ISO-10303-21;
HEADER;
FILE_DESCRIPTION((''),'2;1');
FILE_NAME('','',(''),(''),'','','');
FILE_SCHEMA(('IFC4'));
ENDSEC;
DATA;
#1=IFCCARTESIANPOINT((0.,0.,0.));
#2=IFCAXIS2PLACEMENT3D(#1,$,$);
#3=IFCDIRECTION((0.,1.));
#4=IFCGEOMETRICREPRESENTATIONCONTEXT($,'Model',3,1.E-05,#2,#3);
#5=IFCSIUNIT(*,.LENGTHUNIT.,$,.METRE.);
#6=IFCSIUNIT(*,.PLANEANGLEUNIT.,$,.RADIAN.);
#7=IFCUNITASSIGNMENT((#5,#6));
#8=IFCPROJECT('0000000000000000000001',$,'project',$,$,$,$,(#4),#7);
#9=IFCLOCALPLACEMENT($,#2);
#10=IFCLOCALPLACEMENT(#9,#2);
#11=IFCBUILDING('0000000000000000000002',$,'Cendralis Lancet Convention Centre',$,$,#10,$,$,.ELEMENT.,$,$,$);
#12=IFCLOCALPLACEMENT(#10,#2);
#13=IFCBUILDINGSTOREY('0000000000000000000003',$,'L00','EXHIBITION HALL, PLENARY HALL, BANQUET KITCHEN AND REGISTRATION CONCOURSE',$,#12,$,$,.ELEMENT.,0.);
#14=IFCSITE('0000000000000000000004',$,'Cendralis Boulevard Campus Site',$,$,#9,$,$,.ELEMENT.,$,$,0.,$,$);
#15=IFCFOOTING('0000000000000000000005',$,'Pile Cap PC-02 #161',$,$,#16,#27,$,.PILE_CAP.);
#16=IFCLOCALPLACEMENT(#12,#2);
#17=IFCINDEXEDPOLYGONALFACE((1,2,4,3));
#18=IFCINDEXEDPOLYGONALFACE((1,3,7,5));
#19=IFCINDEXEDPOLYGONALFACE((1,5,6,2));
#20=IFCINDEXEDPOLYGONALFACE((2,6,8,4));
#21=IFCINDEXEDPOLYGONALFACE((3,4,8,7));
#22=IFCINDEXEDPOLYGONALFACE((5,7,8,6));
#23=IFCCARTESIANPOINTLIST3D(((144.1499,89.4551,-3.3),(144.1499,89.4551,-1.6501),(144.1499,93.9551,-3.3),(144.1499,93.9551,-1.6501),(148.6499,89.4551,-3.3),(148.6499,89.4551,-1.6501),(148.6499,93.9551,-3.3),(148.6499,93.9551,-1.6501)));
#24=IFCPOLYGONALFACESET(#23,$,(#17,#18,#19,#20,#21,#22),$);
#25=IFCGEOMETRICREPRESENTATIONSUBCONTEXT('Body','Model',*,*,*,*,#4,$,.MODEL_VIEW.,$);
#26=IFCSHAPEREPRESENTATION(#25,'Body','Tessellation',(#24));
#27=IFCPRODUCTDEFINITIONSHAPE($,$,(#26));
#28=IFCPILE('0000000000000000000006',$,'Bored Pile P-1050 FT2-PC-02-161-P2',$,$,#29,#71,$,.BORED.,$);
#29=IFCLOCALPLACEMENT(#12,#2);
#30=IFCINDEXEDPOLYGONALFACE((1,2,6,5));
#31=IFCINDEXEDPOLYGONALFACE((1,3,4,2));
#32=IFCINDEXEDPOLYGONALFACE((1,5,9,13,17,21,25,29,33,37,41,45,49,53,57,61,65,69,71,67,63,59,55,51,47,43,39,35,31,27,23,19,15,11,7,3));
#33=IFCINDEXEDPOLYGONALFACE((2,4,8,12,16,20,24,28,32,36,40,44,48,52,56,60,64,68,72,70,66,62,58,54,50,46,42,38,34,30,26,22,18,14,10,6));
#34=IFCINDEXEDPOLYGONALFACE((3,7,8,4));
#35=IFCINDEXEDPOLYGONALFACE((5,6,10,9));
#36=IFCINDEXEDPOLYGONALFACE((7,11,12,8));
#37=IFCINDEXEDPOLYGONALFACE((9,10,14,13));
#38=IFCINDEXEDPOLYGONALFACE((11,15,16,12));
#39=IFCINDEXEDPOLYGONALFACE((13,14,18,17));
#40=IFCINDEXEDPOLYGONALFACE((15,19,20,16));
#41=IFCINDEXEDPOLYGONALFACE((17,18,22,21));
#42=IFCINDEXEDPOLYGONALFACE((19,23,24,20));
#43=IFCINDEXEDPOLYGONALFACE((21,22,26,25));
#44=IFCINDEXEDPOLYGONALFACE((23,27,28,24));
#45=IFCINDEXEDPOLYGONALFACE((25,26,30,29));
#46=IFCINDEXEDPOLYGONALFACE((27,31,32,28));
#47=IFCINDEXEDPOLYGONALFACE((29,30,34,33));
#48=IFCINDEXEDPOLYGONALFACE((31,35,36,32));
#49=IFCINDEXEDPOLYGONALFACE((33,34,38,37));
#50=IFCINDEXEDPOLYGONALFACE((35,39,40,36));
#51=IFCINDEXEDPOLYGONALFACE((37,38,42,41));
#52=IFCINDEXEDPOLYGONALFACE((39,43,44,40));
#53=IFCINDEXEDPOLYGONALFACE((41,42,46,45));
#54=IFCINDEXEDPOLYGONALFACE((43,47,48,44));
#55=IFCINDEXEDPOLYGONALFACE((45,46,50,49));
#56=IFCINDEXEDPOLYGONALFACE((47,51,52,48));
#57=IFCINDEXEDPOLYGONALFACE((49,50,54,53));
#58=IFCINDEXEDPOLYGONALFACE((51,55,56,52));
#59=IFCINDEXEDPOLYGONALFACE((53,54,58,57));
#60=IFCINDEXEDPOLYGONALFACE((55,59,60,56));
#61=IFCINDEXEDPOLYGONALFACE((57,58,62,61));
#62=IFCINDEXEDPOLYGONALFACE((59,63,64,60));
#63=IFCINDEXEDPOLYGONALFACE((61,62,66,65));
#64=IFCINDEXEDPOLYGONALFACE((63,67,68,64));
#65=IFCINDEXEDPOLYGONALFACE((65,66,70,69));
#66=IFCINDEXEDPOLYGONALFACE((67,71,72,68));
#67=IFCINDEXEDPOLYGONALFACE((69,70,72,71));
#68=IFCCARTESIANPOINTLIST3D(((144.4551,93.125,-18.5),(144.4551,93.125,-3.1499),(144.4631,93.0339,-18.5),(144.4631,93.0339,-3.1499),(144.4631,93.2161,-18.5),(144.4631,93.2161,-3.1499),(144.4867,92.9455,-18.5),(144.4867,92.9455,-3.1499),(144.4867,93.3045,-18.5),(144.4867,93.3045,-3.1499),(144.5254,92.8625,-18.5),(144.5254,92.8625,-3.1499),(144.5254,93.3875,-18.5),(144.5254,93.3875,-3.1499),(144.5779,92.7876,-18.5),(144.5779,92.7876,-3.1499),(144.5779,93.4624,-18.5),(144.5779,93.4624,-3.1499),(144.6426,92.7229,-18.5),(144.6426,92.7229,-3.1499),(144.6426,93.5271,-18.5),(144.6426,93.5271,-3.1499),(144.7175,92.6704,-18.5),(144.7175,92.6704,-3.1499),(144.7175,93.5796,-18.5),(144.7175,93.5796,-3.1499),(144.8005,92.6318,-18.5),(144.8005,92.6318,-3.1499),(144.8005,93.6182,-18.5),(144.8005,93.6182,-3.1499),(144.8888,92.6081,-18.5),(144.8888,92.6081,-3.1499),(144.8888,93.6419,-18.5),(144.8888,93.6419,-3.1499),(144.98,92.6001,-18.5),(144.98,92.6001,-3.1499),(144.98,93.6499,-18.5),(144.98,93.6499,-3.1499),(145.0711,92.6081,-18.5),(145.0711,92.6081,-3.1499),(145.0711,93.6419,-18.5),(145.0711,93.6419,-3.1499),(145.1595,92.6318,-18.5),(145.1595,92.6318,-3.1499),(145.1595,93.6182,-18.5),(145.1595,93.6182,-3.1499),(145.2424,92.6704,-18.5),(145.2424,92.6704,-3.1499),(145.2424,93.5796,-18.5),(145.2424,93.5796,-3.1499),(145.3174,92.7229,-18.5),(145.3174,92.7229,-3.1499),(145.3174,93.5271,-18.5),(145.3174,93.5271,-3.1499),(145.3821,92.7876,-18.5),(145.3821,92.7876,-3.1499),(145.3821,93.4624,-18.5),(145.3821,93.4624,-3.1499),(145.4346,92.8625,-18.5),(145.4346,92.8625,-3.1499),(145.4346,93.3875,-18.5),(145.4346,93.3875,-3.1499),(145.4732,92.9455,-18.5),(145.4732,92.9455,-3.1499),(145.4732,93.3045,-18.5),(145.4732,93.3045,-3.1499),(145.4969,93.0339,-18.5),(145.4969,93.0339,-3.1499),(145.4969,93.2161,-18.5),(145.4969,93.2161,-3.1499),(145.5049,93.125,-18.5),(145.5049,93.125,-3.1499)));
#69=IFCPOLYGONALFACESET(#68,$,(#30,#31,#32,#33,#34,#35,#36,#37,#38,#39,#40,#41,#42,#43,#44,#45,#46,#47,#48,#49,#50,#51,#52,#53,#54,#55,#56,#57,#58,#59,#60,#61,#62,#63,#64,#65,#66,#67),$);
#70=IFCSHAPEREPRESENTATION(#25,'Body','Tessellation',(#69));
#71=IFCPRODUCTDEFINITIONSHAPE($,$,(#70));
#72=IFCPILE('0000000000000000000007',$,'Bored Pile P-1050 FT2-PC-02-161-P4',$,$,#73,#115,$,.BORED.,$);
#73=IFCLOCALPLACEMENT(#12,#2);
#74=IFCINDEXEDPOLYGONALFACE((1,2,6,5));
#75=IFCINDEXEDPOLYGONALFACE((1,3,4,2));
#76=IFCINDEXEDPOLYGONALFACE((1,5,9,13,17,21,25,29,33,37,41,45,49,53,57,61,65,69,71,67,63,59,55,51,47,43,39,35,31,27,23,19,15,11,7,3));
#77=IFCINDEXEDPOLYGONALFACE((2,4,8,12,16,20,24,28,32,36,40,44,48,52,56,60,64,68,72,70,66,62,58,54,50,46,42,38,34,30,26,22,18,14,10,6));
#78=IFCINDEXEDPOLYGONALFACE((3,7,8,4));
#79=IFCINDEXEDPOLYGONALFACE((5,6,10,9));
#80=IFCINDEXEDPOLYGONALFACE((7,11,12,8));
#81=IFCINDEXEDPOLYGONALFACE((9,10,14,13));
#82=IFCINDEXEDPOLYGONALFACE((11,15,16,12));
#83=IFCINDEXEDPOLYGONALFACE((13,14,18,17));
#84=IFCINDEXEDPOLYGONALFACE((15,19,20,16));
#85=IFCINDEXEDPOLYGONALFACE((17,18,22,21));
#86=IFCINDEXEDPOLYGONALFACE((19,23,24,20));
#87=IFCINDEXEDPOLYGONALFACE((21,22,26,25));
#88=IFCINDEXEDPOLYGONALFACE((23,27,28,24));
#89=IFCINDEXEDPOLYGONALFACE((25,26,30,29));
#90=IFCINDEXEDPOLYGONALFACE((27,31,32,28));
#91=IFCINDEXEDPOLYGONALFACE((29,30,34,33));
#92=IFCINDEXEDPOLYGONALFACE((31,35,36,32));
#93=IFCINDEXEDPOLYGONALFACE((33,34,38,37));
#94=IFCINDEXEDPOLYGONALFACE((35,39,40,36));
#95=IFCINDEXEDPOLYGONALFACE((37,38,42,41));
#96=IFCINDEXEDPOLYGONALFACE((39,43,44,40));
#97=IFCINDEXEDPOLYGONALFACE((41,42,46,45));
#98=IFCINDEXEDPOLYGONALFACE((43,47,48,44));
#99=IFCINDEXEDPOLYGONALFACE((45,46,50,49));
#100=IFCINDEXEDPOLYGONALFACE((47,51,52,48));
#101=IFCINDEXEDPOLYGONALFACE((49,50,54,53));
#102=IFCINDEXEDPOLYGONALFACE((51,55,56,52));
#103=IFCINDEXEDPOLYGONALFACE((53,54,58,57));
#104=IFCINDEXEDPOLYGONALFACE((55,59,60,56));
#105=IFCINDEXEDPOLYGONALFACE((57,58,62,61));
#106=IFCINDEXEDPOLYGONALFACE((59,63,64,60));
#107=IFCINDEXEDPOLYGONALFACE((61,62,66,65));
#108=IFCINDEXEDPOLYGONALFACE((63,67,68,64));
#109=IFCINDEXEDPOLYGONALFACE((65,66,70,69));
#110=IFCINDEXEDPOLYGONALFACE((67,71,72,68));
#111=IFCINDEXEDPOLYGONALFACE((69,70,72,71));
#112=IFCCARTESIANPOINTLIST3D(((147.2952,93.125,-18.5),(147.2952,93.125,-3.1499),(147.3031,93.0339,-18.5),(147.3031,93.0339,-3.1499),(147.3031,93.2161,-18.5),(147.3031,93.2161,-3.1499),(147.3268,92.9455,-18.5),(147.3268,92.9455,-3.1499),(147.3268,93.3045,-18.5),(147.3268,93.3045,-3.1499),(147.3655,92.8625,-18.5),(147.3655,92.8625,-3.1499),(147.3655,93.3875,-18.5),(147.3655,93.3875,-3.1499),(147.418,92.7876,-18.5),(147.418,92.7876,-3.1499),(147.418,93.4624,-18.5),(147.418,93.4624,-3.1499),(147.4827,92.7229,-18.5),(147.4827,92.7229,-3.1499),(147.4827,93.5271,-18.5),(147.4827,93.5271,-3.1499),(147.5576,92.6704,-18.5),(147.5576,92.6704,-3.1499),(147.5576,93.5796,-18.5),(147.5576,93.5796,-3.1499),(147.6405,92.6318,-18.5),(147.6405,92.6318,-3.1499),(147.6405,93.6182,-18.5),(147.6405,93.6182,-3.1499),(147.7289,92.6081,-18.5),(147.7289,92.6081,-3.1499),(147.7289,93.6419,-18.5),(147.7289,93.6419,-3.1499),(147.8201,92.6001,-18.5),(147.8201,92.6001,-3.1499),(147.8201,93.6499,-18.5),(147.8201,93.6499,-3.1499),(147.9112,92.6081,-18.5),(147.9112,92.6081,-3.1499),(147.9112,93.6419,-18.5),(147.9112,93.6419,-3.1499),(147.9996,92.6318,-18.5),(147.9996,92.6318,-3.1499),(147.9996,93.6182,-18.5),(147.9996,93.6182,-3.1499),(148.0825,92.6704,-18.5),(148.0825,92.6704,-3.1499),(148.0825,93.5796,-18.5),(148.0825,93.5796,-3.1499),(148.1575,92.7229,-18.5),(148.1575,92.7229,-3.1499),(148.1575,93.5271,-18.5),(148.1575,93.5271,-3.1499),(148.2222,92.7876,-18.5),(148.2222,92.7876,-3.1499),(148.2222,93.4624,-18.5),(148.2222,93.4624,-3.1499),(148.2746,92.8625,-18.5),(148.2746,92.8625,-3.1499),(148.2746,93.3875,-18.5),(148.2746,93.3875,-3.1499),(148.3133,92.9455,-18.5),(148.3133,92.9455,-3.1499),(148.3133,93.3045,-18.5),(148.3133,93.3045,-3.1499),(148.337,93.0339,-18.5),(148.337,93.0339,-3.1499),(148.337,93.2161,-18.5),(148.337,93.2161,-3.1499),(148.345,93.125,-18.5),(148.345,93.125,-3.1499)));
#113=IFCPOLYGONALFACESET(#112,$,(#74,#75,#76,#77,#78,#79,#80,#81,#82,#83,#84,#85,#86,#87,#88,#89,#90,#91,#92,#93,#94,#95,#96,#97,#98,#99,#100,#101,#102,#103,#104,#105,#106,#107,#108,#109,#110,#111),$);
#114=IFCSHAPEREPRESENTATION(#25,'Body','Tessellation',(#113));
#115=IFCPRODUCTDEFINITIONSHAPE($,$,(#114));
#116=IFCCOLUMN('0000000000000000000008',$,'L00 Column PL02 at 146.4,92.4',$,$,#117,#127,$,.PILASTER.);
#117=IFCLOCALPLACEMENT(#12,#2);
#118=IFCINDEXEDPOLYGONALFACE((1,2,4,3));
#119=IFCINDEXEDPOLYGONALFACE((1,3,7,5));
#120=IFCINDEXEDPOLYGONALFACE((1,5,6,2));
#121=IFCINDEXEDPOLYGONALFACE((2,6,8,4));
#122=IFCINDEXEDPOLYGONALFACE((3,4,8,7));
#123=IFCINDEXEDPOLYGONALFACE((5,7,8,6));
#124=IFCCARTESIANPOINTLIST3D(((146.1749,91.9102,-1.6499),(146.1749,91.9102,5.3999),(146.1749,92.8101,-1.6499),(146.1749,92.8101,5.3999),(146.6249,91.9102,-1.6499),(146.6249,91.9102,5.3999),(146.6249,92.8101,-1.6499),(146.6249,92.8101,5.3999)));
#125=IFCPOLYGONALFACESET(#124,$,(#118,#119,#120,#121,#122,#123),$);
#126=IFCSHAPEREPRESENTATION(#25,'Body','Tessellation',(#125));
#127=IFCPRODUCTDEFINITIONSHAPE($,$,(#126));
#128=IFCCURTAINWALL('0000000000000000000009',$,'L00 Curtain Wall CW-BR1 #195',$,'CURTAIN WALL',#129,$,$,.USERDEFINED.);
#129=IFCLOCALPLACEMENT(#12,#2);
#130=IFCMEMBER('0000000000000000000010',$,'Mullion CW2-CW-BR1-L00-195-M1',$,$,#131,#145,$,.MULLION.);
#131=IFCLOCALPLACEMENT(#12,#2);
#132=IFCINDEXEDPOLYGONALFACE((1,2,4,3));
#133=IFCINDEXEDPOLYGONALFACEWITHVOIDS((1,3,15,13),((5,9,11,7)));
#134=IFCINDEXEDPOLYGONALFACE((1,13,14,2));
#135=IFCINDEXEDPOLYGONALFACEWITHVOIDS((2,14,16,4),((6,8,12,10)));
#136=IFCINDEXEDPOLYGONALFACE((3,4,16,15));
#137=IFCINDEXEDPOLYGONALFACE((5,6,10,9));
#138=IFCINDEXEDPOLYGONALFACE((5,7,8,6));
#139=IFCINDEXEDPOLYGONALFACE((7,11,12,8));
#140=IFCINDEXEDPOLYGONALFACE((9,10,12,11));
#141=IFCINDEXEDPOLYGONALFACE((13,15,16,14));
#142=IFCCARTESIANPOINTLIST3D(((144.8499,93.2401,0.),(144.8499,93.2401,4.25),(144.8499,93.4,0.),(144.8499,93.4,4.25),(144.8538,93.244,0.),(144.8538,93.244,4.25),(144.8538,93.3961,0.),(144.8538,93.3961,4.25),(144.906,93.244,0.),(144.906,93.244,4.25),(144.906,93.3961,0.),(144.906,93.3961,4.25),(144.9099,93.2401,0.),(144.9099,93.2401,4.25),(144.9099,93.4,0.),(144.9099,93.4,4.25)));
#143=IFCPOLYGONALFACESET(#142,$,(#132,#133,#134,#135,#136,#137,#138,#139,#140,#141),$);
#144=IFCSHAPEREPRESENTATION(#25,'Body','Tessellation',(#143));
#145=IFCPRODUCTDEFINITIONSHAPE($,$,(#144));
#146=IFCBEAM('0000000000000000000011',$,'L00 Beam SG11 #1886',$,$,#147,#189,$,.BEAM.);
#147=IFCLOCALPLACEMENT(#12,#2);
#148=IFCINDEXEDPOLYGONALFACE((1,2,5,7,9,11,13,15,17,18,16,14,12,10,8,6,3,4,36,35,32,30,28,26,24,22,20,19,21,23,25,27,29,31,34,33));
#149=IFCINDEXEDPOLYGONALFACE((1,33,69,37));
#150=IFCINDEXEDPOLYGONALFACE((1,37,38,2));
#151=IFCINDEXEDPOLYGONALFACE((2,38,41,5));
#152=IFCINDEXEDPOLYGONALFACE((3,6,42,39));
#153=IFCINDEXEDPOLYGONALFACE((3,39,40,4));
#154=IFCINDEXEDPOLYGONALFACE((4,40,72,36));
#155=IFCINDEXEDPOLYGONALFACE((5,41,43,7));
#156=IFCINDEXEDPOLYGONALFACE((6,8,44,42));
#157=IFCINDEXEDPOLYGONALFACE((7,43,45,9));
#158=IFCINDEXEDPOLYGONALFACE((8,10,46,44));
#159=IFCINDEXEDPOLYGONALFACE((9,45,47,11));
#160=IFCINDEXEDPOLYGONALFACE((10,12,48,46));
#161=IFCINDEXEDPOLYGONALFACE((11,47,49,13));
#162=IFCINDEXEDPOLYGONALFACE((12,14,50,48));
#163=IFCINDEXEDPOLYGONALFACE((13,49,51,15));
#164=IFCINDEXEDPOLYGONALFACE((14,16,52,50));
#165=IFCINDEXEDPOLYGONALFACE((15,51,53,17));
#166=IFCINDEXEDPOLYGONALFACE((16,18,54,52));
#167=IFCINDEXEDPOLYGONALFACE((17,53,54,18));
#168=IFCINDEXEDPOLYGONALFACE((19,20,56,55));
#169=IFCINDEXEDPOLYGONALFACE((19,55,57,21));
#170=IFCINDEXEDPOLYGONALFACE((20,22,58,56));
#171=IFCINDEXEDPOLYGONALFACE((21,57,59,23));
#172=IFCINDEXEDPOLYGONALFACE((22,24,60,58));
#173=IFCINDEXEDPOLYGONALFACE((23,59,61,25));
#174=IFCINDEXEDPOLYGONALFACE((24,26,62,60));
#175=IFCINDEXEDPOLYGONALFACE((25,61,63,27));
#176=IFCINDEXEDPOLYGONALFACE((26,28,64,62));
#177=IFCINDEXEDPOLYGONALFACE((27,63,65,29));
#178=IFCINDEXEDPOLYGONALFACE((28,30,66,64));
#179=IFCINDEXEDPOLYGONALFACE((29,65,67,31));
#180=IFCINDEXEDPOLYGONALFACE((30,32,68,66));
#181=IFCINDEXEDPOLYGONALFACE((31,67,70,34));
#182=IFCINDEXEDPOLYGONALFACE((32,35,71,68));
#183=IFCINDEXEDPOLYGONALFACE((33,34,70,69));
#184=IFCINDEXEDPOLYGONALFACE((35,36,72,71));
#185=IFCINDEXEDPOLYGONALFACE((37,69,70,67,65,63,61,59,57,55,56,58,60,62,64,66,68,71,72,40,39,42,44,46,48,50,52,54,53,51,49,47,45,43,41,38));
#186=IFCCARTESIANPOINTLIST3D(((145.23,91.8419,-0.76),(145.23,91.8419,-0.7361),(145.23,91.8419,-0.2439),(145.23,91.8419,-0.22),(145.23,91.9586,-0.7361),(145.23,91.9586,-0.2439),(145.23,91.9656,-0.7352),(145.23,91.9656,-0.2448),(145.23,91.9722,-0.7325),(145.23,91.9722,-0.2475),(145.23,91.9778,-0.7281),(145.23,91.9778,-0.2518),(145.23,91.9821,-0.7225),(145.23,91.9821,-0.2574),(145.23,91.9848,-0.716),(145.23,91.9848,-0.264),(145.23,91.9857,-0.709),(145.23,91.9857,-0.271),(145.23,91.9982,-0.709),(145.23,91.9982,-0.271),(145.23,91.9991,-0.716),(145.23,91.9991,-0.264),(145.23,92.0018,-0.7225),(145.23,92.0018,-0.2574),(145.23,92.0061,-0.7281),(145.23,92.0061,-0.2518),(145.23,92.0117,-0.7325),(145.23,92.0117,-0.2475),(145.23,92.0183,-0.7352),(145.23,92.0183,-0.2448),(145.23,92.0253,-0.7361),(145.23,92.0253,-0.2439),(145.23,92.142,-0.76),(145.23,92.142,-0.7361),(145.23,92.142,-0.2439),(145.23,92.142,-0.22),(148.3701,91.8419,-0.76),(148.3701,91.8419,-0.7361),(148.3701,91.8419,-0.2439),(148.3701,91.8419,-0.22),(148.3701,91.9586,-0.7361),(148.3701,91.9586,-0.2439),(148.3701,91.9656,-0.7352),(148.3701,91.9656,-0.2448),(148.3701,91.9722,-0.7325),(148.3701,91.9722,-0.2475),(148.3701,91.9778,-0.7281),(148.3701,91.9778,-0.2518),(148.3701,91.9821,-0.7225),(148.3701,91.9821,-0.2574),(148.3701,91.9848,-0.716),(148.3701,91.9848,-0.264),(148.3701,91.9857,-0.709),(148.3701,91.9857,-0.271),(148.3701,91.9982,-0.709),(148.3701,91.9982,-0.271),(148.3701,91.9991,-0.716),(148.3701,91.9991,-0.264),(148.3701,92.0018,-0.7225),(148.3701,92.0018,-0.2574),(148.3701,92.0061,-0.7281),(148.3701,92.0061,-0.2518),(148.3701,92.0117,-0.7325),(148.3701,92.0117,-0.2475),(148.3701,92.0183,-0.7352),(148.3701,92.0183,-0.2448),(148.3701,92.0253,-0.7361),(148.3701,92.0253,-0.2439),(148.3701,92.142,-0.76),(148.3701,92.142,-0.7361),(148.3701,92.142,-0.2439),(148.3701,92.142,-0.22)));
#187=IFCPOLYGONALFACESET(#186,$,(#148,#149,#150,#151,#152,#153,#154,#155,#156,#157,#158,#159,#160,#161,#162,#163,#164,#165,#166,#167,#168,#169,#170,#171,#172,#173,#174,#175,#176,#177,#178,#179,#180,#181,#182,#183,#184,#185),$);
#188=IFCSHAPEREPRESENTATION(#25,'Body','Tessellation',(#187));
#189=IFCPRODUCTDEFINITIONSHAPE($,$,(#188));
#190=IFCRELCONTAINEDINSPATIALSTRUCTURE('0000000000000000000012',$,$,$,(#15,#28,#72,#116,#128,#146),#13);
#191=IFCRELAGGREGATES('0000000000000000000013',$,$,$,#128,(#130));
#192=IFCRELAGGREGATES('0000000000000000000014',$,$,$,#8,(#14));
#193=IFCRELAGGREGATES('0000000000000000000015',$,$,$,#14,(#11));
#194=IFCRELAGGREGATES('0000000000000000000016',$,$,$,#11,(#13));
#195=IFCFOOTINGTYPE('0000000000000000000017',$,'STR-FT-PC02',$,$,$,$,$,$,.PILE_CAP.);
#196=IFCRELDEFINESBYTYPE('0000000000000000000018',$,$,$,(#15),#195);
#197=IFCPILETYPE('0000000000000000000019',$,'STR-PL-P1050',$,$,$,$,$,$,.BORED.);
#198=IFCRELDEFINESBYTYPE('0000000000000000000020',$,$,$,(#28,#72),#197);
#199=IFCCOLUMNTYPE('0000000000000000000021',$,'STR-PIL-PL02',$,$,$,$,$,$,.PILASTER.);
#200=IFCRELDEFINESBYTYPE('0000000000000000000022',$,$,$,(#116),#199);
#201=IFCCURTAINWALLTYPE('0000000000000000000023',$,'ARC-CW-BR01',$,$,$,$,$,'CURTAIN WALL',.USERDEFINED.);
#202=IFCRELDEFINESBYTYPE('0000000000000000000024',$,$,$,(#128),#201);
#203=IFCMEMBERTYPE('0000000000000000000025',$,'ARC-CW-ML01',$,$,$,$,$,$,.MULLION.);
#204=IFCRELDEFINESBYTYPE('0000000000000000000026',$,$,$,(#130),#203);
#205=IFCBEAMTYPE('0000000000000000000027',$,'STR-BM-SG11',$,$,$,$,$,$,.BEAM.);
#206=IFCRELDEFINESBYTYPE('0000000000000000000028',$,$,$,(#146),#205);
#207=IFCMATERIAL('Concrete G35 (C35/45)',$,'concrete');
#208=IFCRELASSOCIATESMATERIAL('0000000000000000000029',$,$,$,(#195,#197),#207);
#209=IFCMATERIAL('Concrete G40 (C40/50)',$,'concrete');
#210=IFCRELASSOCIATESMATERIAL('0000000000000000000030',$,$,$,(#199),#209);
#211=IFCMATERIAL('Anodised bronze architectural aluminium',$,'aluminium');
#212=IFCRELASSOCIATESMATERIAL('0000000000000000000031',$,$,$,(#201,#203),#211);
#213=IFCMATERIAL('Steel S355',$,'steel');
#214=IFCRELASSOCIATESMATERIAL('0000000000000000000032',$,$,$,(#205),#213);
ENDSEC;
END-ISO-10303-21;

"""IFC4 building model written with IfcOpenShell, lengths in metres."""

from ifc_helpers import new_model, si_unit, direction, frame, origin, origin_2d, place, context, subcontext, project, spatial, rectangle, hollow_rectangle, circle, i_section, extrude, material, material_profile, profile_set, type_object, element, aggregate, save


model = new_model("IFC4")

# Units and contexts
model_context = context("Model", 3, precision=1e-05, world=origin(), true_north=direction((0.0, 1.0)))
body_context = subcontext(model_context, "Body", "Model", "MODEL_VIEW")
ifc_project = project(units=[si_unit("LENGTHUNIT", "METRE"), si_unit("PLANEANGLEUNIT", "RADIAN")], contexts=[model_context])

# Site, building, storey
site_placement = place(None, origin())
site = spatial("IfcSite", under=ifc_project, at=site_placement, Name="Cendralis Boulevard Campus Site", CompositionType="ELEMENT", RefElevation=0.0)
building_placement = place(site_placement, origin())
building = spatial("IfcBuilding", under=site, at=building_placement, Name="Cendralis Lancet Convention Centre", CompositionType="ELEMENT")
storey_placement = place(building_placement, origin())
storey = spatial("IfcBuildingStorey", under=building, at=storey_placement, Name="L00", Description="EXHIBITION HALL, PLENARY HALL, BANQUET KITCHEN AND REGISTRATION CONCOURSE", CompositionType="ELEMENT", Elevation=0.0)

# Footing
ifc_material_1 = material(Name="Concrete G35 (C35/45)", Category="concrete")
footing_type = type_object("IfcFootingType", Name="STR-FT-PC02", PredefinedType="PILE_CAP", material=ifc_material_1)
footing_placement = place(storey_placement, frame((146.3999, 91.7051, -3.3), z_axis=(0.0, 0.0, 1.0), x_axis=(1.0, 0.0, 0.0)))
element("IfcFooting", 1, at=footing_placement, inside=storey, type_object=footing_type, Name="Pile Cap PC-02 #161", PredefinedType="PILE_CAP", context=body_context, shape_type="SweptSolid", body=[
    extrude(rectangle(XDim=4.5, YDim=4.5, at=origin_2d()), origin(), (0.0, 0.0, 1.0), 1.6499),
])

# Piles
ifc_material_profile_1 = material_profile(ifc_material_1, circle(Radius=0.5249, at=origin_2d()), Name="BORED PILE D1050")
ifc_profile_set_1 = profile_set([ifc_material_profile_1], Name="Concrete G35 (C35/45)")
pile_type = type_object("IfcPileType", Name="STR-PL-P1050", PredefinedType="BORED", material=ifc_profile_set_1)
for number, where, z_axis, x_axis, name in (
    (2, (144.98, 93.125, -3.1499), (0.0, 0.0, -1.0), (1.0, 0.0, 0.0), "Bored Pile P-1050 FT2-PC-02-161-P2"),
    (3, (147.8201, 93.125, -3.1499), (0.0, 0.0, -1.0), (1.0, 0.0, 0.0), "Bored Pile P-1050 FT2-PC-02-161-P4"),
):
    element("IfcPile", number, at=place(storey_placement, frame(where, z_axis=z_axis, x_axis=x_axis)), inside=storey, type_object=pile_type, Name=name, PredefinedType="BORED", context=body_context, shape_type="SweptSolid", body=[
        extrude(circle(Radius=0.5249, at=origin_2d()), origin(), (0.0, 0.0, 1.0), 15.3501),
    ])

# Column
ifc_material_2 = material(Name="Concrete G40 (C40/50)", Category="concrete")
ifc_material_profile_2 = material_profile(ifc_material_2, rectangle(XDim=0.45, YDim=0.8999, at=origin_2d()), Name="RC 450x900")
ifc_profile_set_2 = profile_set([ifc_material_profile_2], Name="Concrete G40 (C40/50)")
column_type = type_object("IfcColumnType", Name="STR-PIL-PL02", PredefinedType="PILASTER", material=ifc_profile_set_2)
column_placement = place(storey_placement, frame((146.3999, 92.3601, -1.6499), z_axis=(0.0, 0.0, 1.0), x_axis=(1.0, 0.0, 0.0)))
element("IfcColumn", 4, at=column_placement, inside=storey, type_object=column_type, Name="L00 Column PL02 at 146.4,92.4", PredefinedType="PILASTER", context=body_context, shape_type="SweptSolid", body=[
    extrude(rectangle(XDim=0.45, YDim=0.8999, at=origin_2d()), origin(), (0.0, 0.0, 1.0), 7.0498),
])

# Curtain wall, member
ifc_material_3 = material(Name="Anodised bronze architectural aluminium", Category="aluminium")
curtain_wall_type = type_object("IfcCurtainWallType", Name="ARC-CW-BR01", ElementType="CURTAIN WALL", PredefinedType="USERDEFINED", material=ifc_material_3)
curtain_wall_placement = place(storey_placement, origin())
curtain_wall = element("IfcCurtainWall", 5, at=curtain_wall_placement, inside=storey, type_object=curtain_wall_type, Name="L00 Curtain Wall CW-BR1 #195", ObjectType="CURTAIN WALL", PredefinedType="USERDEFINED")
ifc_material_profile_3 = material_profile(ifc_material_3, hollow_rectangle(XDim=0.0601, YDim=0.1599, WallThickness=0.0039, at=origin_2d()), Name="AL-MULL 60x160x4.0")
ifc_profile_set_3 = profile_set([ifc_material_profile_3], Name="Anodised bronze architectural aluminium")
member_type = type_object("IfcMemberType", Name="ARC-CW-ML01", PredefinedType="MULLION", material=ifc_profile_set_3)
member_placement = place(storey_placement, frame((144.8799, 93.3201, 0.0), z_axis=(0.0, 0.0, 1.0), x_axis=(1.0, 0.0, 0.0)))
member = element("IfcMember", 6, at=member_placement, type_object=member_type, Name="Mullion CW2-CW-BR1-L00-195-M1", PredefinedType="MULLION", context=body_context, shape_type="SweptSolid", body=[
    extrude(hollow_rectangle(XDim=0.0601, YDim=0.1599, WallThickness=0.0039, at=origin_2d()), origin(), (0.0, 0.0, 1.0), 4.25),
])

# Beam
ifc_material_4 = material(Name="Steel S355", Category="steel")
ifc_material_profile_4 = material_profile(ifc_material_4, i_section(OverallWidth=0.3, OverallDepth=0.54, WebThickness=0.0125, FlangeThickness=0.0239, FilletRadius=0.0271, at=origin_2d()), Name="HEA 550")
ifc_profile_set_4 = profile_set([ifc_material_profile_4], Name="Steel S355")
beam_type_1 = type_object("IfcBeamType", Name="STR-BM-SG11", PredefinedType="BEAM", material=ifc_profile_set_4)
for number, where, z_axis, x_axis, name in (
    (7, (145.23, 91.9919, -0.49), (1.0, 0.0, 0.0), (0.0, 1.0, 0.0), "L00 Beam SG11 #1886"),
):
    element("IfcBeam", number, at=place(storey_placement, frame(where, z_axis=z_axis, x_axis=x_axis)), inside=storey, type_object=beam_type_1, Name=name, PredefinedType="BEAM", context=body_context, shape_type="SweptSolid", body=[
        extrude(i_section(OverallWidth=0.3, OverallDepth=0.54, WebThickness=0.0125, FlangeThickness=0.0239, FilletRadius=0.0271, at=origin_2d()), origin(), (0.0, 0.0, 1.0), 3.1401),
    ])

aggregate(curtain_wall, [member])

save(model, "model.ifc")
